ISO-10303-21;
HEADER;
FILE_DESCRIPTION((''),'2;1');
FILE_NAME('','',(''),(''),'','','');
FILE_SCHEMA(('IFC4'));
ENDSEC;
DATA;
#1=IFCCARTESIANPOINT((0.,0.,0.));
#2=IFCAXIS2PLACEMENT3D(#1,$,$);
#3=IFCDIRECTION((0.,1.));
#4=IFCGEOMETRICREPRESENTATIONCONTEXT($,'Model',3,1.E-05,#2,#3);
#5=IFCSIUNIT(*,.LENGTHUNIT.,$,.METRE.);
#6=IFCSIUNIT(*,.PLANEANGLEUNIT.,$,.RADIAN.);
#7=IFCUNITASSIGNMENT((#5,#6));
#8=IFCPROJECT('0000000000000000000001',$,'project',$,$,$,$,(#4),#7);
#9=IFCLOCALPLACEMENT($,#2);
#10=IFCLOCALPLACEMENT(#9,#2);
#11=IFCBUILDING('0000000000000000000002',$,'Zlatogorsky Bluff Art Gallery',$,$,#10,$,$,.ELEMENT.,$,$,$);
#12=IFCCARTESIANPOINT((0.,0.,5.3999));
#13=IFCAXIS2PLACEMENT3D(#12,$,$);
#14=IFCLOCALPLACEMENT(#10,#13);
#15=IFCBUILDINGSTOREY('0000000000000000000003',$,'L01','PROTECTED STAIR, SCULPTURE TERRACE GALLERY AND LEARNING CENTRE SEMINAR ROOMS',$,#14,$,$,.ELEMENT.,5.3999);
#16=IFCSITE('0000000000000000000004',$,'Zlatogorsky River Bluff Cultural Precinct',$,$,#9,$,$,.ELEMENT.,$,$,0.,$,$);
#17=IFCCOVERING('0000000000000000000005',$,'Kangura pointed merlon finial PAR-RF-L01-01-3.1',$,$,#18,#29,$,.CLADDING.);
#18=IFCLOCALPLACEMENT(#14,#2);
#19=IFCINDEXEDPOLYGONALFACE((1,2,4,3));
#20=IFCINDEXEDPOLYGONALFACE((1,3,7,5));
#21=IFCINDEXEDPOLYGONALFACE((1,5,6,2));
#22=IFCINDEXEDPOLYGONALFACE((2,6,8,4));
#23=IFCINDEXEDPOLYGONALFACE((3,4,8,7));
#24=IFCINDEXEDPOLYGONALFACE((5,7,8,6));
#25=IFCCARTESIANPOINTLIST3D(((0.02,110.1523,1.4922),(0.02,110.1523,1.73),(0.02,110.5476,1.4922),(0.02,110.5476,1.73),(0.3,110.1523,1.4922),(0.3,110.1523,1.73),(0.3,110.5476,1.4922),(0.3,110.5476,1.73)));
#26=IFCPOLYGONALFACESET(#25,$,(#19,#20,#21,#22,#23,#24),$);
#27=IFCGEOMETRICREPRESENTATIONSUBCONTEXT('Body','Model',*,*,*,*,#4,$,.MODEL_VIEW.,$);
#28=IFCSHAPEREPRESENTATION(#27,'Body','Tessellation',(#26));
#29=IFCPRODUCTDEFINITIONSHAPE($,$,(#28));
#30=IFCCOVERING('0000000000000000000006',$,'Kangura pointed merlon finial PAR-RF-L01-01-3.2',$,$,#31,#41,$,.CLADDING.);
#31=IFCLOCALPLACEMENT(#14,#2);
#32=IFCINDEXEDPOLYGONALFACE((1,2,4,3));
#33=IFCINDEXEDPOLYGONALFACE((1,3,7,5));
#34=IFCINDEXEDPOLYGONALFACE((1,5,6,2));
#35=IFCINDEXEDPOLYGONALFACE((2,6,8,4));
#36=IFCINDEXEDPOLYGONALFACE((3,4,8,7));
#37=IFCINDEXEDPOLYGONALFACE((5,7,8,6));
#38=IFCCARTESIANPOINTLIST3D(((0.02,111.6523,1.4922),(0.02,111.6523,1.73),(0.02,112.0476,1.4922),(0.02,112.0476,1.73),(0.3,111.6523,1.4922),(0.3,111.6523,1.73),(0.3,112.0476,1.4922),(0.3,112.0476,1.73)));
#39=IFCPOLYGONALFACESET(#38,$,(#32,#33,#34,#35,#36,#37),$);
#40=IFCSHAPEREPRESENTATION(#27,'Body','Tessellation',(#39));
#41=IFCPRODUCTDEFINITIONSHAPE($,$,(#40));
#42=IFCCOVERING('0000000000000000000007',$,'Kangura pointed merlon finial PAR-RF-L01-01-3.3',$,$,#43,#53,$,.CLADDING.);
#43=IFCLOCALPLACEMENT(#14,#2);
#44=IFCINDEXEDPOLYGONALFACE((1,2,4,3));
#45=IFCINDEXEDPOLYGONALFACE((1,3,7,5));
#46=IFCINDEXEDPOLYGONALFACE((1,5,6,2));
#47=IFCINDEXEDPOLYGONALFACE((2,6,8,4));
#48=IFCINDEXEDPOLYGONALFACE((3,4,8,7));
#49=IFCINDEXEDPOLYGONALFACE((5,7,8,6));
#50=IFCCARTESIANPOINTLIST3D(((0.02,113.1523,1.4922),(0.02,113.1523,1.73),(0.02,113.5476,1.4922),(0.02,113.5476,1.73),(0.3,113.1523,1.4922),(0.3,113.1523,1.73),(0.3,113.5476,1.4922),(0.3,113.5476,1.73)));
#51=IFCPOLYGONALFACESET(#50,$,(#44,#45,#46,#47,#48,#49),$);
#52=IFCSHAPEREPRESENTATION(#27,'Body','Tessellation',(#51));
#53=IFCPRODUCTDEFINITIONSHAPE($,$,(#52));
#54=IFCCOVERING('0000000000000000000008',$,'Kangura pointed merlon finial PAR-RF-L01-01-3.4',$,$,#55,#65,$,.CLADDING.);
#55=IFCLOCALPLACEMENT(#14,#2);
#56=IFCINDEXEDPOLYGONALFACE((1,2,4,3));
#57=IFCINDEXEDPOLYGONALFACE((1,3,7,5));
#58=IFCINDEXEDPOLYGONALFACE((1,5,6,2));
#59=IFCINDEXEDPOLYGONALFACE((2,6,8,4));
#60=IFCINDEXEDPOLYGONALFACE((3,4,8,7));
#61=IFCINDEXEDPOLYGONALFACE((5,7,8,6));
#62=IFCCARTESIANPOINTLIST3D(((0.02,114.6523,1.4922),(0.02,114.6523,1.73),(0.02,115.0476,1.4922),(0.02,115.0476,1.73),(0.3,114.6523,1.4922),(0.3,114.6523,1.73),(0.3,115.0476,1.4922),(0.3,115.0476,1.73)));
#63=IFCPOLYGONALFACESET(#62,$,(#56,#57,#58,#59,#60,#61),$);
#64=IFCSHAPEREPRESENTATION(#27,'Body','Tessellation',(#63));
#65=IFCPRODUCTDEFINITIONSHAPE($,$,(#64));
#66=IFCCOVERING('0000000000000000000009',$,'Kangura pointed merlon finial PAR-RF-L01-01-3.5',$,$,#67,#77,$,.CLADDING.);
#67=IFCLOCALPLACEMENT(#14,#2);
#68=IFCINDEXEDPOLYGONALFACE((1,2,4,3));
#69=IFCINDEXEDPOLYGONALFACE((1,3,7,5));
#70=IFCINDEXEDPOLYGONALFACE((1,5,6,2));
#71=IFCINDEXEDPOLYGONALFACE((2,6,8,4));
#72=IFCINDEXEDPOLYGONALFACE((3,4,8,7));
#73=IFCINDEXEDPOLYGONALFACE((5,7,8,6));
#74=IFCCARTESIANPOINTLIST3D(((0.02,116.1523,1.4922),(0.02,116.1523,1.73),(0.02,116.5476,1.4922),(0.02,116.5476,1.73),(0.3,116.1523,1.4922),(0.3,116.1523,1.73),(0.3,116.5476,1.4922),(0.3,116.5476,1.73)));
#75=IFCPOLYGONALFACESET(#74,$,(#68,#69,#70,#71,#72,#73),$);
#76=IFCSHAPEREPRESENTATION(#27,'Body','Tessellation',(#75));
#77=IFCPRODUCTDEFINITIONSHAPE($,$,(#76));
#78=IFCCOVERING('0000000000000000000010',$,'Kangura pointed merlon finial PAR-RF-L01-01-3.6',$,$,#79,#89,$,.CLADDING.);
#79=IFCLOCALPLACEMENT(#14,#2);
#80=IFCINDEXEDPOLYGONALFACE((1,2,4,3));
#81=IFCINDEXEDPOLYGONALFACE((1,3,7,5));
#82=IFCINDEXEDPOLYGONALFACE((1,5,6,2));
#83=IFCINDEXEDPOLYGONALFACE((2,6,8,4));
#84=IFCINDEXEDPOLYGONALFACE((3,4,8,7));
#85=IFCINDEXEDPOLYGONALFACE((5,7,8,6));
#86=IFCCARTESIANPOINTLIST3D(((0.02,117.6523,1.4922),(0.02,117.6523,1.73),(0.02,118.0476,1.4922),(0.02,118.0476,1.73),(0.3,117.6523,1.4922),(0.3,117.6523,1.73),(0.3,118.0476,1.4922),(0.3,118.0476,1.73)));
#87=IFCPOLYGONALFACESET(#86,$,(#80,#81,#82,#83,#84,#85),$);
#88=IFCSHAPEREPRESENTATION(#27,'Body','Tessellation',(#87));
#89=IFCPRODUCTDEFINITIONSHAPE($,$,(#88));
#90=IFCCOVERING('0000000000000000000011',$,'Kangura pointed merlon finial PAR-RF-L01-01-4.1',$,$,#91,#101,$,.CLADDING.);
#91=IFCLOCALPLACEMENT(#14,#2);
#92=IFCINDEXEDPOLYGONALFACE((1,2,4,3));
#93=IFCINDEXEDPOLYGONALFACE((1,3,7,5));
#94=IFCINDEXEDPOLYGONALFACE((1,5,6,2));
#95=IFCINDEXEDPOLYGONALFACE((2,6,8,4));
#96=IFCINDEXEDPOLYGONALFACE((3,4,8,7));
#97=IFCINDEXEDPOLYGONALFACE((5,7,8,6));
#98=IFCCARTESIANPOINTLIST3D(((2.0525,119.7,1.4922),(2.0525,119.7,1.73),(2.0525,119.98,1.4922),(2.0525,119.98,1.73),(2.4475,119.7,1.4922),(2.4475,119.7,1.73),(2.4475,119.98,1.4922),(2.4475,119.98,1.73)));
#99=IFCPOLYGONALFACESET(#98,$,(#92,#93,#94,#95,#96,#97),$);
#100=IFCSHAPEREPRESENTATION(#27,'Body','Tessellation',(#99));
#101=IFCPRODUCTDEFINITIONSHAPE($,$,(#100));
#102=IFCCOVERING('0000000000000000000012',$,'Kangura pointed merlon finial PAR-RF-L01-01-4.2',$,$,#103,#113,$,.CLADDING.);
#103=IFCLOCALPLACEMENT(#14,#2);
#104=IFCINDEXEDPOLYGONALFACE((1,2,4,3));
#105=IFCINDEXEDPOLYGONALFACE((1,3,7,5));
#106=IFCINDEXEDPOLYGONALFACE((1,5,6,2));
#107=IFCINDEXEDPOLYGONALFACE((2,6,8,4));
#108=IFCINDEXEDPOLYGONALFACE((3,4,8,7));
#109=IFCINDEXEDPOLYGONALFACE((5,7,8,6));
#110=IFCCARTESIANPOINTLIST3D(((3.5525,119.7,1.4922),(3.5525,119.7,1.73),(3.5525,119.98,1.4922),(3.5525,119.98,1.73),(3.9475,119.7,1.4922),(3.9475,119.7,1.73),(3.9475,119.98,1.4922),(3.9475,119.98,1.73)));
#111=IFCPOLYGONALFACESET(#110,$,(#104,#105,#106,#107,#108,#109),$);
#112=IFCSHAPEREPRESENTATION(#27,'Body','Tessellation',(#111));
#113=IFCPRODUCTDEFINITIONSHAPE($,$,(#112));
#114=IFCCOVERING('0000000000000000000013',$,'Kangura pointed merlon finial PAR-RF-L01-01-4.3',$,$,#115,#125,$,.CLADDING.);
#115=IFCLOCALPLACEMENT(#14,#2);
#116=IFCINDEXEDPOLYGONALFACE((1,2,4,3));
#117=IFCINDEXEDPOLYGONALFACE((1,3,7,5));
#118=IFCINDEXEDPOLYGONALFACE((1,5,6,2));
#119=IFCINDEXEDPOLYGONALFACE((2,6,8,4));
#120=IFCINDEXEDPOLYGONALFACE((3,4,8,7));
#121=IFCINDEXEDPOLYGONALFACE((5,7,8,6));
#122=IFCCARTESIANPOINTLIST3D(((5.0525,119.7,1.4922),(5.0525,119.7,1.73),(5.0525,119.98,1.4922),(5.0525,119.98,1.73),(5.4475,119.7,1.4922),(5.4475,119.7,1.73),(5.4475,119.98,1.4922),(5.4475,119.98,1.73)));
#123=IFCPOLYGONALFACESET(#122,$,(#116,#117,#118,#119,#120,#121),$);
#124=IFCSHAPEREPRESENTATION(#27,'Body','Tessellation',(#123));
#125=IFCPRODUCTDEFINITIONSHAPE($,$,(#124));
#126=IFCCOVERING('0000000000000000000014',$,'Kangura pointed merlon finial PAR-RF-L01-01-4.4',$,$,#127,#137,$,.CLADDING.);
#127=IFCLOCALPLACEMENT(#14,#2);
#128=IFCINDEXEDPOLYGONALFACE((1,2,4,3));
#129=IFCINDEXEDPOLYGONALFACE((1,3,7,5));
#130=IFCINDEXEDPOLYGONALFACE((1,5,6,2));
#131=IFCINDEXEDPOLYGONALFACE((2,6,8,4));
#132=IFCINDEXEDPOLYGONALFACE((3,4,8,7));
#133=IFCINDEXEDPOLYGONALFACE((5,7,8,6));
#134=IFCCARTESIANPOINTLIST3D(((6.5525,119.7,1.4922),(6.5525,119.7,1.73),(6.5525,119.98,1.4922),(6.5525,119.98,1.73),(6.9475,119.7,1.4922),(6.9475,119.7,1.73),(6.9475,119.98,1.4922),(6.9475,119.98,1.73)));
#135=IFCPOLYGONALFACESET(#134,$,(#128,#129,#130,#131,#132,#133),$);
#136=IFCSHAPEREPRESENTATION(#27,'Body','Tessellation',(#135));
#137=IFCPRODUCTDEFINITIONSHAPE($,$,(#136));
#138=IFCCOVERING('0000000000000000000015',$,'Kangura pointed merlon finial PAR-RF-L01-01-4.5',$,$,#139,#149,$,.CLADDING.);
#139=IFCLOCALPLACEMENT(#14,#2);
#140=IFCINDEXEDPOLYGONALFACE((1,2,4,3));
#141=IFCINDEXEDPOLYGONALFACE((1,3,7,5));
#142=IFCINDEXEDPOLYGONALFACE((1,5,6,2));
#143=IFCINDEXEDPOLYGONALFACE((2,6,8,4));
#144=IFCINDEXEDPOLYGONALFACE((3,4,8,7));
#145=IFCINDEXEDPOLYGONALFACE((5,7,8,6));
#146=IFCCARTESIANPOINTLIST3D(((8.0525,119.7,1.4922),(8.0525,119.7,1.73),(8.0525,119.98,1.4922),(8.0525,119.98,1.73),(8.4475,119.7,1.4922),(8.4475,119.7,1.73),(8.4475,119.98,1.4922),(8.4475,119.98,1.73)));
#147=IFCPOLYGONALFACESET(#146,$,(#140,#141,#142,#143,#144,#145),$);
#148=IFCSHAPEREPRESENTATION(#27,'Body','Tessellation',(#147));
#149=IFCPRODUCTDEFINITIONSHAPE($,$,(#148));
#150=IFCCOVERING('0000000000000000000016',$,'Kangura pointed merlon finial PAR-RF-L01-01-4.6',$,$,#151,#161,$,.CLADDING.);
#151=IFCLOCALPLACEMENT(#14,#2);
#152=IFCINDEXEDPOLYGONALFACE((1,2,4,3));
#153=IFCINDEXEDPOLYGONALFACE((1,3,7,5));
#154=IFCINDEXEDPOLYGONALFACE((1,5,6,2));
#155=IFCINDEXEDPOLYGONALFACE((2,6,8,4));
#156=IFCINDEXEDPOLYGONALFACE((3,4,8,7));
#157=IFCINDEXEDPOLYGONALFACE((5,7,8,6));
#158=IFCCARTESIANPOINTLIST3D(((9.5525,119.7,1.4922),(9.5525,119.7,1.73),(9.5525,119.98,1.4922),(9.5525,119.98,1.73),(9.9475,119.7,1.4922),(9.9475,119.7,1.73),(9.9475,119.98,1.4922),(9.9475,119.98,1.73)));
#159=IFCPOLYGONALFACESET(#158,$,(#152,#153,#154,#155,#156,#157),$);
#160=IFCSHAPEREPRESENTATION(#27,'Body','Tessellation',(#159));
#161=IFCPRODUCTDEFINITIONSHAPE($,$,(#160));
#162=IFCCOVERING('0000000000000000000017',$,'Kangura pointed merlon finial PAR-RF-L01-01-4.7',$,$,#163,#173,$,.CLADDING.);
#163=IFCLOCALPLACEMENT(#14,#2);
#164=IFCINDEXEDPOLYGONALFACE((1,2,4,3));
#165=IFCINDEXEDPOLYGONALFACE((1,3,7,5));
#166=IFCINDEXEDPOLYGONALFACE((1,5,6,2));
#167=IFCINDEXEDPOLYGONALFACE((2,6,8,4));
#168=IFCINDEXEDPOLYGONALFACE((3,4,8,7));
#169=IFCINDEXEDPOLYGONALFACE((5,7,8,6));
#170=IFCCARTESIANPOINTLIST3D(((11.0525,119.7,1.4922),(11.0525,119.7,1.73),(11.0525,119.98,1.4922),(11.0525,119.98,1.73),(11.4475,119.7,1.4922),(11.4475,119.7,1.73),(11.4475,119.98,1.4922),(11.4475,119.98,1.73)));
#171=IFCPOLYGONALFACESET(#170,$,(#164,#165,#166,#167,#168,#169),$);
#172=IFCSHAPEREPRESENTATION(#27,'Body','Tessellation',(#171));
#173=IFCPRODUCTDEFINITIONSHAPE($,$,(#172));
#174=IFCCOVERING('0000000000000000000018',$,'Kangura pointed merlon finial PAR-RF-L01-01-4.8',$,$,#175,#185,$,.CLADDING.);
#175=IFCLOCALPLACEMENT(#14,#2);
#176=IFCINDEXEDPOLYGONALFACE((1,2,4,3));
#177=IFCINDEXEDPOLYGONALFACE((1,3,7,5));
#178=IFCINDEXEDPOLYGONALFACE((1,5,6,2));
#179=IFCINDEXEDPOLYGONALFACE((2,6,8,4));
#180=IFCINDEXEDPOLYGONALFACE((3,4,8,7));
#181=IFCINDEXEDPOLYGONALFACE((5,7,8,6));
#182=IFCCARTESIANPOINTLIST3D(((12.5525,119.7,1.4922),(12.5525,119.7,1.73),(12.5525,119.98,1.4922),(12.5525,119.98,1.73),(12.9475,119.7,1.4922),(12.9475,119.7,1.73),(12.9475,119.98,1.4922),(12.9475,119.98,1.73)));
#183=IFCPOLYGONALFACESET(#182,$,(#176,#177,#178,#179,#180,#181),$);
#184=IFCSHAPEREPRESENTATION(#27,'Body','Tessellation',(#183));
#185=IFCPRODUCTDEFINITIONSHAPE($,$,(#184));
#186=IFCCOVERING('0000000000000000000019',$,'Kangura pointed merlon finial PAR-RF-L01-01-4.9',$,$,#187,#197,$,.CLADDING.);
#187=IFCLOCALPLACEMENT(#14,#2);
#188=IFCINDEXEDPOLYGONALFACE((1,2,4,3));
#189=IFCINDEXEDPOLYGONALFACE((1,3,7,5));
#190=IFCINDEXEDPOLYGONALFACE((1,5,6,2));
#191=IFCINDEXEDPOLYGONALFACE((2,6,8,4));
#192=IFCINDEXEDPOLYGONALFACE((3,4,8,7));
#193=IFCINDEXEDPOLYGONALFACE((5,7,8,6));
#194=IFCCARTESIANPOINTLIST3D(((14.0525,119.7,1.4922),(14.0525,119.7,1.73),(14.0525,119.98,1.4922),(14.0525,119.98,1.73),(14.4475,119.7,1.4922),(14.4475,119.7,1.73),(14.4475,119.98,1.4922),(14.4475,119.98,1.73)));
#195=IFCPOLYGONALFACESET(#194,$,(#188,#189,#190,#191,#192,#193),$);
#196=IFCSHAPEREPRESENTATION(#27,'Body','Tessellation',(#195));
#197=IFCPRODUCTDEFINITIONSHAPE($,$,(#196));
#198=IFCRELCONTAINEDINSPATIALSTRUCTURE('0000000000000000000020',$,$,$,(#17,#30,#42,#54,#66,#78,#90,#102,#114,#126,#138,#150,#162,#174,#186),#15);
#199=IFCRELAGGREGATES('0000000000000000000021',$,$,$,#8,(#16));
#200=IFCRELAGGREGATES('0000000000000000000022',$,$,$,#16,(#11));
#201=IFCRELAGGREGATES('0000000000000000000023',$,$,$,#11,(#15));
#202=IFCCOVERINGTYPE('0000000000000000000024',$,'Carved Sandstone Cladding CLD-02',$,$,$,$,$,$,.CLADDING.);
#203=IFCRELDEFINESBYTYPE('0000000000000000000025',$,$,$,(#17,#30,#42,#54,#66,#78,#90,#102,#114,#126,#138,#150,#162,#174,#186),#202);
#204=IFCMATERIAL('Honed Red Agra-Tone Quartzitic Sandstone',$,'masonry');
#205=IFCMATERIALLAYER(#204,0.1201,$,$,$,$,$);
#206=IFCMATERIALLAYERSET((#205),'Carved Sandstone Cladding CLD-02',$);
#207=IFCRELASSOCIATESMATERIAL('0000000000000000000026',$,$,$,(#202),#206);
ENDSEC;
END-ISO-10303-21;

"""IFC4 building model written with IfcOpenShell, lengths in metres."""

from ifc_helpers import new_model, si_unit, direction, frame, origin, place, context, subcontext, project, spatial, polyline, outline, extrude, material, layer, layer_set, type_object, element, save


model = new_model("IFC4")

# Units and contexts
model_context = context("Model", 3, precision=1e-05, world=origin(), true_north=direction((0.0, 1.0)))
body_context = subcontext(model_context, "Body", "Model", "MODEL_VIEW")
ifc_project = project(units=[si_unit("LENGTHUNIT", "METRE"), si_unit("PLANEANGLEUNIT", "RADIAN")], contexts=[model_context])

# Site, building, storey
site_placement = place(None, origin())
site = spatial("IfcSite", under=ifc_project, at=site_placement, Name="Zlatogorsky River Bluff Cultural Precinct", CompositionType="ELEMENT", RefElevation=0.0)
building_placement = place(site_placement, origin())
building = spatial("IfcBuilding", under=site, at=building_placement, Name="Zlatogorsky Bluff Art Gallery", CompositionType="ELEMENT")
storey_placement = place(building_placement, frame((0.0, 0.0, 5.3999)))
storey = spatial("IfcBuildingStorey", under=building, at=storey_placement, Name="L01", Description="PROTECTED STAIR, SCULPTURE TERRACE GALLERY AND LEARNING CENTRE SEMINAR ROOMS", CompositionType="ELEMENT", Elevation=5.3999)

# Coverings
ifc_material = material(Name="Honed Red Agra-Tone Quartzitic Sandstone", Category="masonry")
ifc_layer = layer(ifc_material, 0.1201)
ifc_layer_set = layer_set([ifc_layer], Name="Carved Sandstone Cladding CLD-02")
covering_type = type_object("IfcCoveringType", Name="Carved Sandstone Cladding CLD-02", PredefinedType="CLADDING", material=ifc_layer_set)
covering_1_placement = place(storey_placement, frame((0.0, 0.0, 1.4922)))
element("IfcCovering", 1, at=covering_1_placement, inside=storey, type_object=covering_type, Name="Kangura pointed merlon finial PAR-RF-L01-01-3.1", PredefinedType="CLADDING", context=body_context, shape_type="SweptSolid", body=[
    extrude(outline(polyline([(0.02, 110.1523), (0.02, 110.5476), (0.3, 110.5476), (0.3, 110.1523), (0.02, 110.1523)])), origin(), (0.0, 0.0, 1.0), 0.2378),
])
covering_2_placement = place(storey_placement, frame((0.0, 0.0, 1.4922)))
element("IfcCovering", 2, at=covering_2_placement, inside=storey, type_object=covering_type, Name="Kangura pointed merlon finial PAR-RF-L01-01-3.2", PredefinedType="CLADDING", context=body_context, shape_type="SweptSolid", body=[
    extrude(outline(polyline([(0.02, 111.6523), (0.02, 112.0476), (0.3, 112.0476), (0.3, 111.6523), (0.02, 111.6523)])), origin(), (0.0, 0.0, 1.0), 0.2378),
])
covering_3_placement = place(storey_placement, frame((0.0, 0.0, 1.4922)))
element("IfcCovering", 3, at=covering_3_placement, inside=storey, type_object=covering_type, Name="Kangura pointed merlon finial PAR-RF-L01-01-3.3", PredefinedType="CLADDING", context=body_context, shape_type="SweptSolid", body=[
    extrude(outline(polyline([(0.02, 113.1523), (0.02, 113.5476), (0.3, 113.5476), (0.3, 113.1523), (0.02, 113.1523)])), origin(), (0.0, 0.0, 1.0), 0.2378),
])
covering_4_placement = place(storey_placement, frame((0.0, 0.0, 1.4922)))
element("IfcCovering", 4, at=covering_4_placement, inside=storey, type_object=covering_type, Name="Kangura pointed merlon finial PAR-RF-L01-01-3.4", PredefinedType="CLADDING", context=body_context, shape_type="SweptSolid", body=[
    extrude(outline(polyline([(0.02, 114.6523), (0.02, 115.0476), (0.3, 115.0476), (0.3, 114.6523), (0.02, 114.6523)])), origin(), (0.0, 0.0, 1.0), 0.2378),
])
covering_5_placement = place(storey_placement, frame((0.0, 0.0, 1.4922)))
element("IfcCovering", 5, at=covering_5_placement, inside=storey, type_object=covering_type, Name="Kangura pointed merlon finial PAR-RF-L01-01-3.5", PredefinedType="CLADDING", context=body_context, shape_type="SweptSolid", body=[
    extrude(outline(polyline([(0.02, 116.1523), (0.02, 116.5476), (0.3, 116.5476), (0.3, 116.1523), (0.02, 116.1523)])), origin(), (0.0, 0.0, 1.0), 0.2378),
])
covering_6_placement = place(storey_placement, frame((0.0, 0.0, 1.4922)))
element("IfcCovering", 6, at=covering_6_placement, inside=storey, type_object=covering_type, Name="Kangura pointed merlon finial PAR-RF-L01-01-3.6", PredefinedType="CLADDING", context=body_context, shape_type="SweptSolid", body=[
    extrude(outline(polyline([(0.02, 117.6523), (0.02, 118.0476), (0.3, 118.0476), (0.3, 117.6523), (0.02, 117.6523)])), origin(), (0.0, 0.0, 1.0), 0.2378),
])
covering_7_placement = place(storey_placement, frame((0.0, 0.0, 1.4922)))
element("IfcCovering", 7, at=covering_7_placement, inside=storey, type_object=covering_type, Name="Kangura pointed merlon finial PAR-RF-L01-01-4.1", PredefinedType="CLADDING", context=body_context, shape_type="SweptSolid", body=[
    extrude(outline(polyline([(2.0525, 119.7), (2.4475, 119.7), (2.4475, 119.98), (2.0525, 119.98), (2.0525, 119.7)])), origin(), (0.0, 0.0, 1.0), 0.2378),
])
covering_8_placement = place(storey_placement, frame((0.0, 0.0, 1.4922)))
element("IfcCovering", 8, at=covering_8_placement, inside=storey, type_object=covering_type, Name="Kangura pointed merlon finial PAR-RF-L01-01-4.2", PredefinedType="CLADDING", context=body_context, shape_type="SweptSolid", body=[
    extrude(outline(polyline([(3.5525, 119.7), (3.9475, 119.7), (3.9475, 119.98), (3.5525, 119.98), (3.5525, 119.7)])), origin(), (0.0, 0.0, 1.0), 0.2378),
])
covering_9_placement = place(storey_placement, frame((0.0, 0.0, 1.4922)))
element("IfcCovering", 9, at=covering_9_placement, inside=storey, type_object=covering_type, Name="Kangura pointed merlon finial PAR-RF-L01-01-4.3", PredefinedType="CLADDING", context=body_context, shape_type="SweptSolid", body=[
    extrude(outline(polyline([(5.0525, 119.7), (5.4475, 119.7), (5.4475, 119.98), (5.0525, 119.98), (5.0525, 119.7)])), origin(), (0.0, 0.0, 1.0), 0.2378),
])
covering_10_placement = place(storey_placement, frame((0.0, 0.0, 1.4922)))
element("IfcCovering", 10, at=covering_10_placement, inside=storey, type_object=covering_type, Name="Kangura pointed merlon finial PAR-RF-L01-01-4.4", PredefinedType="CLADDING", context=body_context, shape_type="SweptSolid", body=[
    extrude(outline(polyline([(6.5525, 119.7), (6.9475, 119.7), (6.9475, 119.98), (6.5525, 119.98), (6.5525, 119.7)])), origin(), (0.0, 0.0, 1.0), 0.2378),
])
covering_11_placement = place(storey_placement, frame((0.0, 0.0, 1.4922)))
element("IfcCovering", 11, at=covering_11_placement, inside=storey, type_object=covering_type, Name="Kangura pointed merlon finial PAR-RF-L01-01-4.5", PredefinedType="CLADDING", context=body_context, shape_type="SweptSolid", body=[
    extrude(outline(polyline([(8.0525, 119.7), (8.4475, 119.7), (8.4475, 119.98), (8.0525, 119.98), (8.0525, 119.7)])), origin(), (0.0, 0.0, 1.0), 0.2378),
])
covering_12_placement = place(storey_placement, frame((0.0, 0.0, 1.4922)))
element("IfcCovering", 12, at=covering_12_placement, inside=storey, type_object=covering_type, Name="Kangura pointed merlon finial PAR-RF-L01-01-4.6", PredefinedType="CLADDING", context=body_context, shape_type="SweptSolid", body=[
    extrude(outline(polyline([(9.5525, 119.7), (9.9475, 119.7), (9.9475, 119.98), (9.5525, 119.98), (9.5525, 119.7)])), origin(), (0.0, 0.0, 1.0), 0.2378),
])
covering_13_placement = place(storey_placement, frame((0.0, 0.0, 1.4922)))
element("IfcCovering", 13, at=covering_13_placement, inside=storey, type_object=covering_type, Name="Kangura pointed merlon finial PAR-RF-L01-01-4.7", PredefinedType="CLADDING", context=body_context, shape_type="SweptSolid", body=[
    extrude(outline(polyline([(11.0525, 119.7), (11.4475, 119.7), (11.4475, 119.98), (11.0525, 119.98), (11.0525, 119.7)])), origin(), (0.0, 0.0, 1.0), 0.2378),
])
covering_14_placement = place(storey_placement, frame((0.0, 0.0, 1.4922)))
element("IfcCovering", 14, at=covering_14_placement, inside=storey, type_object=covering_type, Name="Kangura pointed merlon finial PAR-RF-L01-01-4.8", PredefinedType="CLADDING", context=body_context, shape_type="SweptSolid", body=[
    extrude(outline(polyline([(12.5525, 119.7), (12.9475, 119.7), (12.9475, 119.98), (12.5525, 119.98), (12.5525, 119.7)])), origin(), (0.0, 0.0, 1.0), 0.2378),
])
covering_15_placement = place(storey_placement, frame((0.0, 0.0, 1.4922)))
element("IfcCovering", 15, at=covering_15_placement, inside=storey, type_object=covering_type, Name="Kangura pointed merlon finial PAR-RF-L01-01-4.9", PredefinedType="CLADDING", context=body_context, shape_type="SweptSolid", body=[
    extrude(outline(polyline([(14.0525, 119.7), (14.4475, 119.7), (14.4475, 119.98), (14.0525, 119.98), (14.0525, 119.7)])), origin(), (0.0, 0.0, 1.0), 0.2378),
])

save(model, "model.ifc")
